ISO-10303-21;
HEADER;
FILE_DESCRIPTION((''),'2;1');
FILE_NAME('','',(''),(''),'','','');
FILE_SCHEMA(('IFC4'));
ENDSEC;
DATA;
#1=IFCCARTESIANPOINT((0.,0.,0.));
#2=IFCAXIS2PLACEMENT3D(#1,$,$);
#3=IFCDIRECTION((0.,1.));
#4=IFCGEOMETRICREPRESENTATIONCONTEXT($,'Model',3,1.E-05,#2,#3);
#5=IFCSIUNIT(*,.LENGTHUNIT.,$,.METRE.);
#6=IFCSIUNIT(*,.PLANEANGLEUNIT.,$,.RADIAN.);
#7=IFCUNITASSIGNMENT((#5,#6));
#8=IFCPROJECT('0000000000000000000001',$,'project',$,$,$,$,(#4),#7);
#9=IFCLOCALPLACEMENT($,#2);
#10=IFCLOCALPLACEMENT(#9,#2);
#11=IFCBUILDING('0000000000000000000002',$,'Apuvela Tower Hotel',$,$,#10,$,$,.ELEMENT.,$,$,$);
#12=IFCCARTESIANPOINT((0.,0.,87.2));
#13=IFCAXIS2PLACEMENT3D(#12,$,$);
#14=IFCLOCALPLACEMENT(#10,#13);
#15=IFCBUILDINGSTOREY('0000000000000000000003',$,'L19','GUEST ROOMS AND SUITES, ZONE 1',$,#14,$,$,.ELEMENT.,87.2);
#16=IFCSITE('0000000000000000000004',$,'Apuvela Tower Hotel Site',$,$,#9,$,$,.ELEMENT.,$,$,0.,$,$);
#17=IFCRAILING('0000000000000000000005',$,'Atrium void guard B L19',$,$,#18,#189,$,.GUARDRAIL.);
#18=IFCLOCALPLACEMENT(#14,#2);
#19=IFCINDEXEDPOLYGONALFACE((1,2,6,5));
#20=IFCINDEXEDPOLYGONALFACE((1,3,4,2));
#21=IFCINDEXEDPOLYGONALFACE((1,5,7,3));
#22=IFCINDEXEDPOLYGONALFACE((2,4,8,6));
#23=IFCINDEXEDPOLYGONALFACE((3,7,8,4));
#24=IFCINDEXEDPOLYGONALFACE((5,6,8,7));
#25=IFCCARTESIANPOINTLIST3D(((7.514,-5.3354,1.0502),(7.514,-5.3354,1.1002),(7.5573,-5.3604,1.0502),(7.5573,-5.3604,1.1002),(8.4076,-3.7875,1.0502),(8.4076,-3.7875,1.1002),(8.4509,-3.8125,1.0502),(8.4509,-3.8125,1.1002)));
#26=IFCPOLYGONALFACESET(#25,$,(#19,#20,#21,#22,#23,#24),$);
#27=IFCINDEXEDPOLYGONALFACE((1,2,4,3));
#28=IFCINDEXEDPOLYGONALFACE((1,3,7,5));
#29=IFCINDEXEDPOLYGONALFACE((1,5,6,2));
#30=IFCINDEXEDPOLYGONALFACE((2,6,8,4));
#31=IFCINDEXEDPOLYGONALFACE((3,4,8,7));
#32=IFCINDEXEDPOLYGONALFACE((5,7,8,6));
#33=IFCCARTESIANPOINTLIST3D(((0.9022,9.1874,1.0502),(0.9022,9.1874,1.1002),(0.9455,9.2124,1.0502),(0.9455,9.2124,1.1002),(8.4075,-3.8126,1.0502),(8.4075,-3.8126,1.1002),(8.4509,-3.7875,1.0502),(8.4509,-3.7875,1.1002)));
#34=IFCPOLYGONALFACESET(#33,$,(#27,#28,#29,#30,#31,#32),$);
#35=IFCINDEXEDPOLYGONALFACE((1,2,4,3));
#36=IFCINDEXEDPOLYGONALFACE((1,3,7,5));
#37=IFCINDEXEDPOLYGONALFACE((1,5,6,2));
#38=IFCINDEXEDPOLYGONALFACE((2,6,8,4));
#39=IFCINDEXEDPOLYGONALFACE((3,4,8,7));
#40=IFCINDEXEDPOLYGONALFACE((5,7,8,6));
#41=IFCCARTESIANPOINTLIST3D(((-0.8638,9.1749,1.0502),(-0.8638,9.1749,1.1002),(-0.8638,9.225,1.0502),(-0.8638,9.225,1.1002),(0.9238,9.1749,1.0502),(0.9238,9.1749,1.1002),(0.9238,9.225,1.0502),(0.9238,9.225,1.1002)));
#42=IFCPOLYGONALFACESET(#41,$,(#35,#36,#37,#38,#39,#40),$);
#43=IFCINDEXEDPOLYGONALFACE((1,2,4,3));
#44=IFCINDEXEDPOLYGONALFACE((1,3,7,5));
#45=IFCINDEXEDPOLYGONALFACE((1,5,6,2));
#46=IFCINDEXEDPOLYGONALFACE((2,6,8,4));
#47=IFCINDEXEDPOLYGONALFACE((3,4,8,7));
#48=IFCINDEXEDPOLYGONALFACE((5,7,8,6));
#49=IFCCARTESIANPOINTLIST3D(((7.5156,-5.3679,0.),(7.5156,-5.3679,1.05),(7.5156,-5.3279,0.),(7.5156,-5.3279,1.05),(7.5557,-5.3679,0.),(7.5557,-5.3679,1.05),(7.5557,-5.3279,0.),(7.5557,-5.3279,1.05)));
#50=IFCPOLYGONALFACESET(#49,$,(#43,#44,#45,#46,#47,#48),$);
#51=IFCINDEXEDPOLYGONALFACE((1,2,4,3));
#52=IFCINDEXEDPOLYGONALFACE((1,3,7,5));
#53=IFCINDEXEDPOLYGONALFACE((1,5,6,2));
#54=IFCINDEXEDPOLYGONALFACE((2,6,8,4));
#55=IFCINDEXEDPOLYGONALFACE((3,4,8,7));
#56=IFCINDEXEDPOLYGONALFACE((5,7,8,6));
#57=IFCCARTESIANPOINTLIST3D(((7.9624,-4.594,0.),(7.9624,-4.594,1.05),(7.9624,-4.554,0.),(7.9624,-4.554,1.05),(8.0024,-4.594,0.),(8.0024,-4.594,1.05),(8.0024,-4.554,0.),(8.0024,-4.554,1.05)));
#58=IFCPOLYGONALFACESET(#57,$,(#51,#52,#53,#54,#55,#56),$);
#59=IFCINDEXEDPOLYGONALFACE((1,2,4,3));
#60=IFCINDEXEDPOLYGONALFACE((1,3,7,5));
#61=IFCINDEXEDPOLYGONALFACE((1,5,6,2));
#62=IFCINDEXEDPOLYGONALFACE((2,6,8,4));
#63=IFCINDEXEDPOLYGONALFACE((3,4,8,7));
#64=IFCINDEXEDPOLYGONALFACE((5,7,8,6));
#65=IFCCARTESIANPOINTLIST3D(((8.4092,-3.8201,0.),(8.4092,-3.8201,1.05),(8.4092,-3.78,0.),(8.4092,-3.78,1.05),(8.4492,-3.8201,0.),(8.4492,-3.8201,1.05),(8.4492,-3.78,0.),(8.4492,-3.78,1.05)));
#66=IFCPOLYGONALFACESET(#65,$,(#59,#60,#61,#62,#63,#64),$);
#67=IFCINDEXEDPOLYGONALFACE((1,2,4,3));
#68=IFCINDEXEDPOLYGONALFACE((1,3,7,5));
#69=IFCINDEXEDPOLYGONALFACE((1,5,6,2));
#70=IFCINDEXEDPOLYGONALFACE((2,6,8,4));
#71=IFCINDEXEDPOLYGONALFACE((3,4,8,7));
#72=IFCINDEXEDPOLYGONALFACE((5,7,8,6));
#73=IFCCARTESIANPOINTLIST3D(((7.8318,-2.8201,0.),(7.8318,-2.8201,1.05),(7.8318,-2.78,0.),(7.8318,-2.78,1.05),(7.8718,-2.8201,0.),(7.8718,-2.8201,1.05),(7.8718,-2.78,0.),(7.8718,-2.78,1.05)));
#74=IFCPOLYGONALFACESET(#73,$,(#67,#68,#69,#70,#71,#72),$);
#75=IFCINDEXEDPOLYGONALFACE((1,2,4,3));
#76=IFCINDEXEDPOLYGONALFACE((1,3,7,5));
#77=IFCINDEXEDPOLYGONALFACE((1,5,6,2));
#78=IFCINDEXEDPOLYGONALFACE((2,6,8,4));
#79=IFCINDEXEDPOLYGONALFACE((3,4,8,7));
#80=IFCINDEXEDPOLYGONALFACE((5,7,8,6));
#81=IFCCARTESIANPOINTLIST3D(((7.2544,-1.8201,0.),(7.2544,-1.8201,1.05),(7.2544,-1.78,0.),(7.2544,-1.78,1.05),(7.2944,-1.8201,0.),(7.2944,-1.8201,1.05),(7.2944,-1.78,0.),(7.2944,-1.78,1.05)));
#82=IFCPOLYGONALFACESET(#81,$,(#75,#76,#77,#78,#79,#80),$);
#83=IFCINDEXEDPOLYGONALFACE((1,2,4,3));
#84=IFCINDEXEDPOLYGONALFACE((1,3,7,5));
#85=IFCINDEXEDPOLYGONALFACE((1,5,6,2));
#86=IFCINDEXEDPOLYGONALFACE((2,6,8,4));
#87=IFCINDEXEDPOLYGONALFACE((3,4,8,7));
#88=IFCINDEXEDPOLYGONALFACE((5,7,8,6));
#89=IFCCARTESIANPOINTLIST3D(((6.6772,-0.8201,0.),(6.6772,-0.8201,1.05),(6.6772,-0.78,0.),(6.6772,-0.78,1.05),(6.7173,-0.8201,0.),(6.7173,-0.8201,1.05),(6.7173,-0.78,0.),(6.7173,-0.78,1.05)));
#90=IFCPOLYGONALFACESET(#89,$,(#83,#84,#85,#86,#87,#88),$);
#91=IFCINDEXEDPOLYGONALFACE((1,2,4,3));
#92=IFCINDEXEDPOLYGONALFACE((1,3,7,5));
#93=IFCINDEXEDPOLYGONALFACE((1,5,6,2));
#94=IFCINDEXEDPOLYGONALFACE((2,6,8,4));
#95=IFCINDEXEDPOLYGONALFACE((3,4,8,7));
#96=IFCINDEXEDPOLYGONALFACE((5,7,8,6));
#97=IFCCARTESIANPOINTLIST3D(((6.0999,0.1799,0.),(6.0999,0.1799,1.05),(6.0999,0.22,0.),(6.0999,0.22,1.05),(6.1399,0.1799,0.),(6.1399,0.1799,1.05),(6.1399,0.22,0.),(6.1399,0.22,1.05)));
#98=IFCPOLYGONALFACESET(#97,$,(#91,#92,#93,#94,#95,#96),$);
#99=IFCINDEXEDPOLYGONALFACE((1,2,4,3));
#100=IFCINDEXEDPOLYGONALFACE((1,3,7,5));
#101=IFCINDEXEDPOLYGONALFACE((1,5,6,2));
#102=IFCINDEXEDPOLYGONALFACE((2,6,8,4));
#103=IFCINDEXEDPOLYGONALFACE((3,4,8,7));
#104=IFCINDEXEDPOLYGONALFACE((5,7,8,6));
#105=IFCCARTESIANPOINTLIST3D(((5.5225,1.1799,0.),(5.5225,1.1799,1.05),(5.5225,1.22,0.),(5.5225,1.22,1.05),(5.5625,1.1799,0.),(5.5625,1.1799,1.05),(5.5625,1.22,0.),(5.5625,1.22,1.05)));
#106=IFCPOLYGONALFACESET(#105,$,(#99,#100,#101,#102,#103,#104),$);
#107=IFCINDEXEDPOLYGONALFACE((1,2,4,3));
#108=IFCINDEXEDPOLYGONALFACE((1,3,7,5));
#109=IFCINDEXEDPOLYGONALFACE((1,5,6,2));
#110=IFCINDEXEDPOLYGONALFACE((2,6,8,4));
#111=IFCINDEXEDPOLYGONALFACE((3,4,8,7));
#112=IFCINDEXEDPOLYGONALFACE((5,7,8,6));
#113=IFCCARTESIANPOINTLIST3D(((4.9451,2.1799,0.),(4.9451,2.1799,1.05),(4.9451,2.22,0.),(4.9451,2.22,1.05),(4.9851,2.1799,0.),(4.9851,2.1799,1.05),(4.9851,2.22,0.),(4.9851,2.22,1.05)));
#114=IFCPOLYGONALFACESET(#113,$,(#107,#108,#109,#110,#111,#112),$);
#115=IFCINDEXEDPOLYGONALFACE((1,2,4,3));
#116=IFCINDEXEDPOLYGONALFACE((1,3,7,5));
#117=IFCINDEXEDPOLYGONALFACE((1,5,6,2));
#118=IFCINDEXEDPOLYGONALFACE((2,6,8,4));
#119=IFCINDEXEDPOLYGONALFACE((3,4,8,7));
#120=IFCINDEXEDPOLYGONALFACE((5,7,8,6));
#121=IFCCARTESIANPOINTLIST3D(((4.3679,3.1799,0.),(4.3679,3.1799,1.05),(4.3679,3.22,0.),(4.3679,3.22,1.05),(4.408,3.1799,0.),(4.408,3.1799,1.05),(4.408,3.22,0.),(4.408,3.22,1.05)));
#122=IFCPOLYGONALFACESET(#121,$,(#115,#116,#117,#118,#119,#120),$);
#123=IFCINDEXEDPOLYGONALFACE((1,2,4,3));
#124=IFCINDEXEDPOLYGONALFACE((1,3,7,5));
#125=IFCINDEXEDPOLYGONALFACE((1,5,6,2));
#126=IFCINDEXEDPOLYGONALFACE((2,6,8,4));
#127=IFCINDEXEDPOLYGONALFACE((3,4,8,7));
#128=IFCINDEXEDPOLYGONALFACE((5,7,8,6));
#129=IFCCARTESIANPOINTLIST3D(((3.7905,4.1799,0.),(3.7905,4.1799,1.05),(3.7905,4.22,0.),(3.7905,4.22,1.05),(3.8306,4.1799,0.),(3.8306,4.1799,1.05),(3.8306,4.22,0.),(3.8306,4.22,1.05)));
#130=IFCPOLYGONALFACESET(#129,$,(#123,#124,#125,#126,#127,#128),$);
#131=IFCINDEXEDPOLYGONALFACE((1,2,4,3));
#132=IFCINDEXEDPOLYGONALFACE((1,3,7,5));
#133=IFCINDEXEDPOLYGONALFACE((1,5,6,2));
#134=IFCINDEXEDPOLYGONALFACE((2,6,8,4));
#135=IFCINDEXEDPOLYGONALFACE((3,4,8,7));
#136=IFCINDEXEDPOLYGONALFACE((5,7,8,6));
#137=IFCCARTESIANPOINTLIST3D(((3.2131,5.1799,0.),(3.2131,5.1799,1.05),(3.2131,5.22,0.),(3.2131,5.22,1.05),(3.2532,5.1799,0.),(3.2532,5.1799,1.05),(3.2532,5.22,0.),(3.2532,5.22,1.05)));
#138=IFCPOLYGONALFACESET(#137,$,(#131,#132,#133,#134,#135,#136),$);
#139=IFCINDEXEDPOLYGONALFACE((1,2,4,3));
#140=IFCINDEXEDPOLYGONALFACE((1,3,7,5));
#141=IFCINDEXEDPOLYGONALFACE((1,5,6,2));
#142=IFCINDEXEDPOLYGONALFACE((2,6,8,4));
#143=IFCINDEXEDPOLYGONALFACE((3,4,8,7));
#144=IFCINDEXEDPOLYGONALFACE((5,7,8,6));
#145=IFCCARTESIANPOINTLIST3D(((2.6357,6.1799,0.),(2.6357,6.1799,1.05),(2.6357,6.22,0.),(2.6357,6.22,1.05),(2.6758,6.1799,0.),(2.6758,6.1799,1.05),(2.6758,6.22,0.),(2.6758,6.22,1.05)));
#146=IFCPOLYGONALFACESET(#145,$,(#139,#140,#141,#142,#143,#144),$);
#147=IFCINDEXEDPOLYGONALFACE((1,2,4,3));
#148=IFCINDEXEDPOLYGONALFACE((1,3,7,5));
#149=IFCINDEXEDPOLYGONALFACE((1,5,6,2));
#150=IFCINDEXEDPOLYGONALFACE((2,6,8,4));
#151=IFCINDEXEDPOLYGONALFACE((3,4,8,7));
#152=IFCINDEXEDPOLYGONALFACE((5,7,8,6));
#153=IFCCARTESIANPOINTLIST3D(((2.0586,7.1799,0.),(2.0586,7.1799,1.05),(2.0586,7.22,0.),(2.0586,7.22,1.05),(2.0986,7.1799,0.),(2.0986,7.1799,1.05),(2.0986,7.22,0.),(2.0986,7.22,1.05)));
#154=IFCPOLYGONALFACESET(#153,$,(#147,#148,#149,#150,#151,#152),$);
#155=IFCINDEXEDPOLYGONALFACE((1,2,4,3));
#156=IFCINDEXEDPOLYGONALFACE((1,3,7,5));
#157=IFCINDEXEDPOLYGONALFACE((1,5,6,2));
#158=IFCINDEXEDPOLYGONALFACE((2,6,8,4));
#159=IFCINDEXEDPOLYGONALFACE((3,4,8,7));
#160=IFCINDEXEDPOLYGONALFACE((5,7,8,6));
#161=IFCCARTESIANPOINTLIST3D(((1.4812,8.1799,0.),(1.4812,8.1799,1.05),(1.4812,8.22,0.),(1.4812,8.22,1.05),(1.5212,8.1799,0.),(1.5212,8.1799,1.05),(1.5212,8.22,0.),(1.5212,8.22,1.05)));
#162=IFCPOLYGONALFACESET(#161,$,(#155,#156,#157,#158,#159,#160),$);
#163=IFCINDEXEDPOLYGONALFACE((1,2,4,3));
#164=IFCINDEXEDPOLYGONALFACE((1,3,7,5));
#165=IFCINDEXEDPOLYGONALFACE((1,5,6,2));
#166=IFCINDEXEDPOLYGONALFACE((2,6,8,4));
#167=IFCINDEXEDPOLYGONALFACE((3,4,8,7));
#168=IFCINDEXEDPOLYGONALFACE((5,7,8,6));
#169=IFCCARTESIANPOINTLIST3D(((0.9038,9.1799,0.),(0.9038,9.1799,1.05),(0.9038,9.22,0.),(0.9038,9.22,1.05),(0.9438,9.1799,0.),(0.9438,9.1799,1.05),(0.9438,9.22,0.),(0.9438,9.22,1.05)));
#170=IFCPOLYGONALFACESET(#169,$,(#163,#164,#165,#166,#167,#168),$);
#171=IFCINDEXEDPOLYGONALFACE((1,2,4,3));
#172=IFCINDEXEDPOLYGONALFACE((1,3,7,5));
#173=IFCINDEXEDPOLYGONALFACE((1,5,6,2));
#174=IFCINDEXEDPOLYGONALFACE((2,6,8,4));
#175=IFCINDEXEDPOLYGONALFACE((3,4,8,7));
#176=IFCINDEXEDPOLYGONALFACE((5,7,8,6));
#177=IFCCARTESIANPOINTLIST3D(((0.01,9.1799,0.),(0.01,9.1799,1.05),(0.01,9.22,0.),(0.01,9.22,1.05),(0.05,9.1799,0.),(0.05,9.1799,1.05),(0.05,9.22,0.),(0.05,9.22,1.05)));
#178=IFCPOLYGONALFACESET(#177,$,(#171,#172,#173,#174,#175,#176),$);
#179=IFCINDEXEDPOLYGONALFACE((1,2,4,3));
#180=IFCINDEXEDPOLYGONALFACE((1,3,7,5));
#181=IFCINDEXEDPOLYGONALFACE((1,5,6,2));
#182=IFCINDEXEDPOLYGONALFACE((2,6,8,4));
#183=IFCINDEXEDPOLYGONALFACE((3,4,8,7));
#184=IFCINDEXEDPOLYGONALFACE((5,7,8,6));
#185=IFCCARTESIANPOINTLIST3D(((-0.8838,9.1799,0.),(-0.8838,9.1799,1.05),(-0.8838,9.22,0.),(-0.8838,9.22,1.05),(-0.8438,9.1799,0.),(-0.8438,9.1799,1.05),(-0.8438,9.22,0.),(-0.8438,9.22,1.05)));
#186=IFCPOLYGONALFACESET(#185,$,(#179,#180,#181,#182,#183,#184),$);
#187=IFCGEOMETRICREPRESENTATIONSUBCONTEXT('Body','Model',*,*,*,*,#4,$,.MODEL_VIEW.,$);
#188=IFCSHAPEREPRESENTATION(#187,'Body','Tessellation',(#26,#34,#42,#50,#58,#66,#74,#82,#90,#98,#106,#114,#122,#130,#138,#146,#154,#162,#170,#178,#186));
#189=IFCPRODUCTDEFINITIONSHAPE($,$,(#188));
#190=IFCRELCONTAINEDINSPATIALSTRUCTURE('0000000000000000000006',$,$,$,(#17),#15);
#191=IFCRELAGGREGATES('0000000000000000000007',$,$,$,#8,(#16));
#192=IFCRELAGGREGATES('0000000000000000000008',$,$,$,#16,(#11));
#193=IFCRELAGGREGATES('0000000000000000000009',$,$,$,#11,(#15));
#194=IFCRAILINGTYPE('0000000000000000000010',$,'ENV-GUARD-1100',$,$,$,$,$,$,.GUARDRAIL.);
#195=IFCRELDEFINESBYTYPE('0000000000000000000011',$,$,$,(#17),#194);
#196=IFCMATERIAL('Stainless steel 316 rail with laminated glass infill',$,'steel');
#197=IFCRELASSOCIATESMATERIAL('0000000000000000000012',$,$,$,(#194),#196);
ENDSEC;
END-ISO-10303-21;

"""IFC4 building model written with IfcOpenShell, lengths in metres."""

from ifc_helpers import new_model, si_unit, direction, frame, origin, origin_2d, place, context, subcontext, project, spatial, rectangle, extrude, material, type_object, element, save


model = new_model("IFC4")

# Units and contexts
model_context = context("Model", 3, precision=1e-05, world=origin(), true_north=direction((0.0, 1.0)))
body_context = subcontext(model_context, "Body", "Model", "MODEL_VIEW")
ifc_project = project(units=[si_unit("LENGTHUNIT", "METRE"), si_unit("PLANEANGLEUNIT", "RADIAN")], contexts=[model_context])

# Site, building, storey
site_placement = place(None, origin())
site = spatial("IfcSite", under=ifc_project, at=site_placement, Name="Apuvela Tower Hotel Site", CompositionType="ELEMENT", RefElevation=0.0)
building_placement = place(site_placement, origin())
building = spatial("IfcBuilding", under=site, at=building_placement, Name="Apuvela Tower Hotel", CompositionType="ELEMENT")
storey_placement = place(building_placement, frame((0.0, 0.0, 87.2)))
storey = spatial("IfcBuildingStorey", under=building, at=storey_placement, Name="L19", Description="GUEST ROOMS AND SUITES, ZONE 1", CompositionType="ELEMENT", Elevation=87.2)

# Railing
ifc_material_1 = material(Name="Stainless steel 316 rail with laminated glass infill", Category="steel")
railing_type_1 = type_object("IfcRailingType", Name="ENV-GUARD-1100", PredefinedType="GUARDRAIL", material=ifc_material_1)
railing_1_placement = place(storey_placement, frame((7.5356, -5.3479, 0.0)))
element("IfcRailing", 1, at=railing_1_placement, inside=storey, type_object=railing_type_1, Name="Atrium void guard B L19", PredefinedType="GUARDRAIL", context=body_context, shape_type="SweptSolid", body=[
    extrude(rectangle(XDim=0.05, YDim=0.05, at=origin_2d()), frame((0.0, 0.0, 1.0752), z_axis=(0.499959, 0.866049, 0.0), x_axis=(-0.866049, 0.499959, 0.0)), (0.0, 0.0, 1.0), 1.7874),
    extrude(rectangle(XDim=0.05, YDim=0.05, at=origin_2d()), frame((0.8936, 1.5479, 1.0752), z_axis=(-0.499991, 0.866031, 0.0), x_axis=(-0.866031, -0.499991, 0.0)), (0.0, 0.0, 1.0), 15.011),
    extrude(rectangle(XDim=0.05, YDim=0.05, at=origin_2d()), frame((-6.6118, 14.5479, 1.0752), z_axis=(-1.0, 0.0, 0.0), x_axis=(0.0, -1.0, 0.0)), (0.0, 0.0, 1.0), 1.7876),
    extrude(rectangle(XDim=0.04, YDim=0.04, at=origin_2d()), origin(), (0.0, 0.0, 1.0), 1.05),
    extrude(rectangle(XDim=0.04, YDim=0.04, at=origin_2d()), frame((0.4468, 0.7739, 0.0)), (0.0, 0.0, 1.0), 1.05),
    extrude(rectangle(XDim=0.04, YDim=0.04, at=origin_2d()), frame((0.8936, 1.5479, 0.0)), (0.0, 0.0, 1.0), 1.05),
    extrude(rectangle(XDim=0.04, YDim=0.04, at=origin_2d()), frame((0.3162, 2.5479, 0.0)), (0.0, 0.0, 1.0), 1.05),
    extrude(rectangle(XDim=0.04, YDim=0.04, at=origin_2d()), frame((-0.2612, 3.5479, 0.0)), (0.0, 0.0, 1.0), 1.05),
    extrude(rectangle(XDim=0.04, YDim=0.04, at=origin_2d()), frame((-0.8384, 4.5479, 0.0)), (0.0, 0.0, 1.0), 1.05),
    extrude(rectangle(XDim=0.04, YDim=0.04, at=origin_2d()), frame((-1.4158, 5.5479, 0.0)), (0.0, 0.0, 1.0), 1.05),
    extrude(rectangle(XDim=0.04, YDim=0.04, at=origin_2d()), frame((-1.9932, 6.5479, 0.0)), (0.0, 0.0, 1.0), 1.05),
    extrude(rectangle(XDim=0.04, YDim=0.04, at=origin_2d()), frame((-2.5706, 7.5479, 0.0)), (0.0, 0.0, 1.0), 1.05),
    extrude(rectangle(XDim=0.04, YDim=0.04, at=origin_2d()), frame((-3.1477, 8.5479, 0.0)), (0.0, 0.0, 1.0), 1.05),
    extrude(rectangle(XDim=0.04, YDim=0.04, at=origin_2d()), frame((-3.7251, 9.5479, 0.0)), (0.0, 0.0, 1.0), 1.05),
    extrude(rectangle(XDim=0.04, YDim=0.04, at=origin_2d()), frame((-4.3025, 10.5479, 0.0)), (0.0, 0.0, 1.0), 1.05),
    extrude(rectangle(XDim=0.04, YDim=0.04, at=origin_2d()), frame((-4.8799, 11.5479, 0.0)), (0.0, 0.0, 1.0), 1.05),
    extrude(rectangle(XDim=0.04, YDim=0.04, at=origin_2d()), frame((-5.457, 12.5479, 0.0)), (0.0, 0.0, 1.0), 1.05),
    extrude(rectangle(XDim=0.04, YDim=0.04, at=origin_2d()), frame((-6.0344, 13.5479, 0.0)), (0.0, 0.0, 1.0), 1.05),
    extrude(rectangle(XDim=0.04, YDim=0.04, at=origin_2d()), frame((-6.6118, 14.5479, 0.0)), (0.0, 0.0, 1.0), 1.05),
    extrude(rectangle(XDim=0.04, YDim=0.04, at=origin_2d()), frame((-7.5056, 14.5479, 0.0)), (0.0, 0.0, 1.0), 1.05),
    extrude(rectangle(XDim=0.04, YDim=0.04, at=origin_2d()), frame((-8.3994, 14.5479, 0.0)), (0.0, 0.0, 1.0), 1.05),
])

save(model, "model.ifc")
